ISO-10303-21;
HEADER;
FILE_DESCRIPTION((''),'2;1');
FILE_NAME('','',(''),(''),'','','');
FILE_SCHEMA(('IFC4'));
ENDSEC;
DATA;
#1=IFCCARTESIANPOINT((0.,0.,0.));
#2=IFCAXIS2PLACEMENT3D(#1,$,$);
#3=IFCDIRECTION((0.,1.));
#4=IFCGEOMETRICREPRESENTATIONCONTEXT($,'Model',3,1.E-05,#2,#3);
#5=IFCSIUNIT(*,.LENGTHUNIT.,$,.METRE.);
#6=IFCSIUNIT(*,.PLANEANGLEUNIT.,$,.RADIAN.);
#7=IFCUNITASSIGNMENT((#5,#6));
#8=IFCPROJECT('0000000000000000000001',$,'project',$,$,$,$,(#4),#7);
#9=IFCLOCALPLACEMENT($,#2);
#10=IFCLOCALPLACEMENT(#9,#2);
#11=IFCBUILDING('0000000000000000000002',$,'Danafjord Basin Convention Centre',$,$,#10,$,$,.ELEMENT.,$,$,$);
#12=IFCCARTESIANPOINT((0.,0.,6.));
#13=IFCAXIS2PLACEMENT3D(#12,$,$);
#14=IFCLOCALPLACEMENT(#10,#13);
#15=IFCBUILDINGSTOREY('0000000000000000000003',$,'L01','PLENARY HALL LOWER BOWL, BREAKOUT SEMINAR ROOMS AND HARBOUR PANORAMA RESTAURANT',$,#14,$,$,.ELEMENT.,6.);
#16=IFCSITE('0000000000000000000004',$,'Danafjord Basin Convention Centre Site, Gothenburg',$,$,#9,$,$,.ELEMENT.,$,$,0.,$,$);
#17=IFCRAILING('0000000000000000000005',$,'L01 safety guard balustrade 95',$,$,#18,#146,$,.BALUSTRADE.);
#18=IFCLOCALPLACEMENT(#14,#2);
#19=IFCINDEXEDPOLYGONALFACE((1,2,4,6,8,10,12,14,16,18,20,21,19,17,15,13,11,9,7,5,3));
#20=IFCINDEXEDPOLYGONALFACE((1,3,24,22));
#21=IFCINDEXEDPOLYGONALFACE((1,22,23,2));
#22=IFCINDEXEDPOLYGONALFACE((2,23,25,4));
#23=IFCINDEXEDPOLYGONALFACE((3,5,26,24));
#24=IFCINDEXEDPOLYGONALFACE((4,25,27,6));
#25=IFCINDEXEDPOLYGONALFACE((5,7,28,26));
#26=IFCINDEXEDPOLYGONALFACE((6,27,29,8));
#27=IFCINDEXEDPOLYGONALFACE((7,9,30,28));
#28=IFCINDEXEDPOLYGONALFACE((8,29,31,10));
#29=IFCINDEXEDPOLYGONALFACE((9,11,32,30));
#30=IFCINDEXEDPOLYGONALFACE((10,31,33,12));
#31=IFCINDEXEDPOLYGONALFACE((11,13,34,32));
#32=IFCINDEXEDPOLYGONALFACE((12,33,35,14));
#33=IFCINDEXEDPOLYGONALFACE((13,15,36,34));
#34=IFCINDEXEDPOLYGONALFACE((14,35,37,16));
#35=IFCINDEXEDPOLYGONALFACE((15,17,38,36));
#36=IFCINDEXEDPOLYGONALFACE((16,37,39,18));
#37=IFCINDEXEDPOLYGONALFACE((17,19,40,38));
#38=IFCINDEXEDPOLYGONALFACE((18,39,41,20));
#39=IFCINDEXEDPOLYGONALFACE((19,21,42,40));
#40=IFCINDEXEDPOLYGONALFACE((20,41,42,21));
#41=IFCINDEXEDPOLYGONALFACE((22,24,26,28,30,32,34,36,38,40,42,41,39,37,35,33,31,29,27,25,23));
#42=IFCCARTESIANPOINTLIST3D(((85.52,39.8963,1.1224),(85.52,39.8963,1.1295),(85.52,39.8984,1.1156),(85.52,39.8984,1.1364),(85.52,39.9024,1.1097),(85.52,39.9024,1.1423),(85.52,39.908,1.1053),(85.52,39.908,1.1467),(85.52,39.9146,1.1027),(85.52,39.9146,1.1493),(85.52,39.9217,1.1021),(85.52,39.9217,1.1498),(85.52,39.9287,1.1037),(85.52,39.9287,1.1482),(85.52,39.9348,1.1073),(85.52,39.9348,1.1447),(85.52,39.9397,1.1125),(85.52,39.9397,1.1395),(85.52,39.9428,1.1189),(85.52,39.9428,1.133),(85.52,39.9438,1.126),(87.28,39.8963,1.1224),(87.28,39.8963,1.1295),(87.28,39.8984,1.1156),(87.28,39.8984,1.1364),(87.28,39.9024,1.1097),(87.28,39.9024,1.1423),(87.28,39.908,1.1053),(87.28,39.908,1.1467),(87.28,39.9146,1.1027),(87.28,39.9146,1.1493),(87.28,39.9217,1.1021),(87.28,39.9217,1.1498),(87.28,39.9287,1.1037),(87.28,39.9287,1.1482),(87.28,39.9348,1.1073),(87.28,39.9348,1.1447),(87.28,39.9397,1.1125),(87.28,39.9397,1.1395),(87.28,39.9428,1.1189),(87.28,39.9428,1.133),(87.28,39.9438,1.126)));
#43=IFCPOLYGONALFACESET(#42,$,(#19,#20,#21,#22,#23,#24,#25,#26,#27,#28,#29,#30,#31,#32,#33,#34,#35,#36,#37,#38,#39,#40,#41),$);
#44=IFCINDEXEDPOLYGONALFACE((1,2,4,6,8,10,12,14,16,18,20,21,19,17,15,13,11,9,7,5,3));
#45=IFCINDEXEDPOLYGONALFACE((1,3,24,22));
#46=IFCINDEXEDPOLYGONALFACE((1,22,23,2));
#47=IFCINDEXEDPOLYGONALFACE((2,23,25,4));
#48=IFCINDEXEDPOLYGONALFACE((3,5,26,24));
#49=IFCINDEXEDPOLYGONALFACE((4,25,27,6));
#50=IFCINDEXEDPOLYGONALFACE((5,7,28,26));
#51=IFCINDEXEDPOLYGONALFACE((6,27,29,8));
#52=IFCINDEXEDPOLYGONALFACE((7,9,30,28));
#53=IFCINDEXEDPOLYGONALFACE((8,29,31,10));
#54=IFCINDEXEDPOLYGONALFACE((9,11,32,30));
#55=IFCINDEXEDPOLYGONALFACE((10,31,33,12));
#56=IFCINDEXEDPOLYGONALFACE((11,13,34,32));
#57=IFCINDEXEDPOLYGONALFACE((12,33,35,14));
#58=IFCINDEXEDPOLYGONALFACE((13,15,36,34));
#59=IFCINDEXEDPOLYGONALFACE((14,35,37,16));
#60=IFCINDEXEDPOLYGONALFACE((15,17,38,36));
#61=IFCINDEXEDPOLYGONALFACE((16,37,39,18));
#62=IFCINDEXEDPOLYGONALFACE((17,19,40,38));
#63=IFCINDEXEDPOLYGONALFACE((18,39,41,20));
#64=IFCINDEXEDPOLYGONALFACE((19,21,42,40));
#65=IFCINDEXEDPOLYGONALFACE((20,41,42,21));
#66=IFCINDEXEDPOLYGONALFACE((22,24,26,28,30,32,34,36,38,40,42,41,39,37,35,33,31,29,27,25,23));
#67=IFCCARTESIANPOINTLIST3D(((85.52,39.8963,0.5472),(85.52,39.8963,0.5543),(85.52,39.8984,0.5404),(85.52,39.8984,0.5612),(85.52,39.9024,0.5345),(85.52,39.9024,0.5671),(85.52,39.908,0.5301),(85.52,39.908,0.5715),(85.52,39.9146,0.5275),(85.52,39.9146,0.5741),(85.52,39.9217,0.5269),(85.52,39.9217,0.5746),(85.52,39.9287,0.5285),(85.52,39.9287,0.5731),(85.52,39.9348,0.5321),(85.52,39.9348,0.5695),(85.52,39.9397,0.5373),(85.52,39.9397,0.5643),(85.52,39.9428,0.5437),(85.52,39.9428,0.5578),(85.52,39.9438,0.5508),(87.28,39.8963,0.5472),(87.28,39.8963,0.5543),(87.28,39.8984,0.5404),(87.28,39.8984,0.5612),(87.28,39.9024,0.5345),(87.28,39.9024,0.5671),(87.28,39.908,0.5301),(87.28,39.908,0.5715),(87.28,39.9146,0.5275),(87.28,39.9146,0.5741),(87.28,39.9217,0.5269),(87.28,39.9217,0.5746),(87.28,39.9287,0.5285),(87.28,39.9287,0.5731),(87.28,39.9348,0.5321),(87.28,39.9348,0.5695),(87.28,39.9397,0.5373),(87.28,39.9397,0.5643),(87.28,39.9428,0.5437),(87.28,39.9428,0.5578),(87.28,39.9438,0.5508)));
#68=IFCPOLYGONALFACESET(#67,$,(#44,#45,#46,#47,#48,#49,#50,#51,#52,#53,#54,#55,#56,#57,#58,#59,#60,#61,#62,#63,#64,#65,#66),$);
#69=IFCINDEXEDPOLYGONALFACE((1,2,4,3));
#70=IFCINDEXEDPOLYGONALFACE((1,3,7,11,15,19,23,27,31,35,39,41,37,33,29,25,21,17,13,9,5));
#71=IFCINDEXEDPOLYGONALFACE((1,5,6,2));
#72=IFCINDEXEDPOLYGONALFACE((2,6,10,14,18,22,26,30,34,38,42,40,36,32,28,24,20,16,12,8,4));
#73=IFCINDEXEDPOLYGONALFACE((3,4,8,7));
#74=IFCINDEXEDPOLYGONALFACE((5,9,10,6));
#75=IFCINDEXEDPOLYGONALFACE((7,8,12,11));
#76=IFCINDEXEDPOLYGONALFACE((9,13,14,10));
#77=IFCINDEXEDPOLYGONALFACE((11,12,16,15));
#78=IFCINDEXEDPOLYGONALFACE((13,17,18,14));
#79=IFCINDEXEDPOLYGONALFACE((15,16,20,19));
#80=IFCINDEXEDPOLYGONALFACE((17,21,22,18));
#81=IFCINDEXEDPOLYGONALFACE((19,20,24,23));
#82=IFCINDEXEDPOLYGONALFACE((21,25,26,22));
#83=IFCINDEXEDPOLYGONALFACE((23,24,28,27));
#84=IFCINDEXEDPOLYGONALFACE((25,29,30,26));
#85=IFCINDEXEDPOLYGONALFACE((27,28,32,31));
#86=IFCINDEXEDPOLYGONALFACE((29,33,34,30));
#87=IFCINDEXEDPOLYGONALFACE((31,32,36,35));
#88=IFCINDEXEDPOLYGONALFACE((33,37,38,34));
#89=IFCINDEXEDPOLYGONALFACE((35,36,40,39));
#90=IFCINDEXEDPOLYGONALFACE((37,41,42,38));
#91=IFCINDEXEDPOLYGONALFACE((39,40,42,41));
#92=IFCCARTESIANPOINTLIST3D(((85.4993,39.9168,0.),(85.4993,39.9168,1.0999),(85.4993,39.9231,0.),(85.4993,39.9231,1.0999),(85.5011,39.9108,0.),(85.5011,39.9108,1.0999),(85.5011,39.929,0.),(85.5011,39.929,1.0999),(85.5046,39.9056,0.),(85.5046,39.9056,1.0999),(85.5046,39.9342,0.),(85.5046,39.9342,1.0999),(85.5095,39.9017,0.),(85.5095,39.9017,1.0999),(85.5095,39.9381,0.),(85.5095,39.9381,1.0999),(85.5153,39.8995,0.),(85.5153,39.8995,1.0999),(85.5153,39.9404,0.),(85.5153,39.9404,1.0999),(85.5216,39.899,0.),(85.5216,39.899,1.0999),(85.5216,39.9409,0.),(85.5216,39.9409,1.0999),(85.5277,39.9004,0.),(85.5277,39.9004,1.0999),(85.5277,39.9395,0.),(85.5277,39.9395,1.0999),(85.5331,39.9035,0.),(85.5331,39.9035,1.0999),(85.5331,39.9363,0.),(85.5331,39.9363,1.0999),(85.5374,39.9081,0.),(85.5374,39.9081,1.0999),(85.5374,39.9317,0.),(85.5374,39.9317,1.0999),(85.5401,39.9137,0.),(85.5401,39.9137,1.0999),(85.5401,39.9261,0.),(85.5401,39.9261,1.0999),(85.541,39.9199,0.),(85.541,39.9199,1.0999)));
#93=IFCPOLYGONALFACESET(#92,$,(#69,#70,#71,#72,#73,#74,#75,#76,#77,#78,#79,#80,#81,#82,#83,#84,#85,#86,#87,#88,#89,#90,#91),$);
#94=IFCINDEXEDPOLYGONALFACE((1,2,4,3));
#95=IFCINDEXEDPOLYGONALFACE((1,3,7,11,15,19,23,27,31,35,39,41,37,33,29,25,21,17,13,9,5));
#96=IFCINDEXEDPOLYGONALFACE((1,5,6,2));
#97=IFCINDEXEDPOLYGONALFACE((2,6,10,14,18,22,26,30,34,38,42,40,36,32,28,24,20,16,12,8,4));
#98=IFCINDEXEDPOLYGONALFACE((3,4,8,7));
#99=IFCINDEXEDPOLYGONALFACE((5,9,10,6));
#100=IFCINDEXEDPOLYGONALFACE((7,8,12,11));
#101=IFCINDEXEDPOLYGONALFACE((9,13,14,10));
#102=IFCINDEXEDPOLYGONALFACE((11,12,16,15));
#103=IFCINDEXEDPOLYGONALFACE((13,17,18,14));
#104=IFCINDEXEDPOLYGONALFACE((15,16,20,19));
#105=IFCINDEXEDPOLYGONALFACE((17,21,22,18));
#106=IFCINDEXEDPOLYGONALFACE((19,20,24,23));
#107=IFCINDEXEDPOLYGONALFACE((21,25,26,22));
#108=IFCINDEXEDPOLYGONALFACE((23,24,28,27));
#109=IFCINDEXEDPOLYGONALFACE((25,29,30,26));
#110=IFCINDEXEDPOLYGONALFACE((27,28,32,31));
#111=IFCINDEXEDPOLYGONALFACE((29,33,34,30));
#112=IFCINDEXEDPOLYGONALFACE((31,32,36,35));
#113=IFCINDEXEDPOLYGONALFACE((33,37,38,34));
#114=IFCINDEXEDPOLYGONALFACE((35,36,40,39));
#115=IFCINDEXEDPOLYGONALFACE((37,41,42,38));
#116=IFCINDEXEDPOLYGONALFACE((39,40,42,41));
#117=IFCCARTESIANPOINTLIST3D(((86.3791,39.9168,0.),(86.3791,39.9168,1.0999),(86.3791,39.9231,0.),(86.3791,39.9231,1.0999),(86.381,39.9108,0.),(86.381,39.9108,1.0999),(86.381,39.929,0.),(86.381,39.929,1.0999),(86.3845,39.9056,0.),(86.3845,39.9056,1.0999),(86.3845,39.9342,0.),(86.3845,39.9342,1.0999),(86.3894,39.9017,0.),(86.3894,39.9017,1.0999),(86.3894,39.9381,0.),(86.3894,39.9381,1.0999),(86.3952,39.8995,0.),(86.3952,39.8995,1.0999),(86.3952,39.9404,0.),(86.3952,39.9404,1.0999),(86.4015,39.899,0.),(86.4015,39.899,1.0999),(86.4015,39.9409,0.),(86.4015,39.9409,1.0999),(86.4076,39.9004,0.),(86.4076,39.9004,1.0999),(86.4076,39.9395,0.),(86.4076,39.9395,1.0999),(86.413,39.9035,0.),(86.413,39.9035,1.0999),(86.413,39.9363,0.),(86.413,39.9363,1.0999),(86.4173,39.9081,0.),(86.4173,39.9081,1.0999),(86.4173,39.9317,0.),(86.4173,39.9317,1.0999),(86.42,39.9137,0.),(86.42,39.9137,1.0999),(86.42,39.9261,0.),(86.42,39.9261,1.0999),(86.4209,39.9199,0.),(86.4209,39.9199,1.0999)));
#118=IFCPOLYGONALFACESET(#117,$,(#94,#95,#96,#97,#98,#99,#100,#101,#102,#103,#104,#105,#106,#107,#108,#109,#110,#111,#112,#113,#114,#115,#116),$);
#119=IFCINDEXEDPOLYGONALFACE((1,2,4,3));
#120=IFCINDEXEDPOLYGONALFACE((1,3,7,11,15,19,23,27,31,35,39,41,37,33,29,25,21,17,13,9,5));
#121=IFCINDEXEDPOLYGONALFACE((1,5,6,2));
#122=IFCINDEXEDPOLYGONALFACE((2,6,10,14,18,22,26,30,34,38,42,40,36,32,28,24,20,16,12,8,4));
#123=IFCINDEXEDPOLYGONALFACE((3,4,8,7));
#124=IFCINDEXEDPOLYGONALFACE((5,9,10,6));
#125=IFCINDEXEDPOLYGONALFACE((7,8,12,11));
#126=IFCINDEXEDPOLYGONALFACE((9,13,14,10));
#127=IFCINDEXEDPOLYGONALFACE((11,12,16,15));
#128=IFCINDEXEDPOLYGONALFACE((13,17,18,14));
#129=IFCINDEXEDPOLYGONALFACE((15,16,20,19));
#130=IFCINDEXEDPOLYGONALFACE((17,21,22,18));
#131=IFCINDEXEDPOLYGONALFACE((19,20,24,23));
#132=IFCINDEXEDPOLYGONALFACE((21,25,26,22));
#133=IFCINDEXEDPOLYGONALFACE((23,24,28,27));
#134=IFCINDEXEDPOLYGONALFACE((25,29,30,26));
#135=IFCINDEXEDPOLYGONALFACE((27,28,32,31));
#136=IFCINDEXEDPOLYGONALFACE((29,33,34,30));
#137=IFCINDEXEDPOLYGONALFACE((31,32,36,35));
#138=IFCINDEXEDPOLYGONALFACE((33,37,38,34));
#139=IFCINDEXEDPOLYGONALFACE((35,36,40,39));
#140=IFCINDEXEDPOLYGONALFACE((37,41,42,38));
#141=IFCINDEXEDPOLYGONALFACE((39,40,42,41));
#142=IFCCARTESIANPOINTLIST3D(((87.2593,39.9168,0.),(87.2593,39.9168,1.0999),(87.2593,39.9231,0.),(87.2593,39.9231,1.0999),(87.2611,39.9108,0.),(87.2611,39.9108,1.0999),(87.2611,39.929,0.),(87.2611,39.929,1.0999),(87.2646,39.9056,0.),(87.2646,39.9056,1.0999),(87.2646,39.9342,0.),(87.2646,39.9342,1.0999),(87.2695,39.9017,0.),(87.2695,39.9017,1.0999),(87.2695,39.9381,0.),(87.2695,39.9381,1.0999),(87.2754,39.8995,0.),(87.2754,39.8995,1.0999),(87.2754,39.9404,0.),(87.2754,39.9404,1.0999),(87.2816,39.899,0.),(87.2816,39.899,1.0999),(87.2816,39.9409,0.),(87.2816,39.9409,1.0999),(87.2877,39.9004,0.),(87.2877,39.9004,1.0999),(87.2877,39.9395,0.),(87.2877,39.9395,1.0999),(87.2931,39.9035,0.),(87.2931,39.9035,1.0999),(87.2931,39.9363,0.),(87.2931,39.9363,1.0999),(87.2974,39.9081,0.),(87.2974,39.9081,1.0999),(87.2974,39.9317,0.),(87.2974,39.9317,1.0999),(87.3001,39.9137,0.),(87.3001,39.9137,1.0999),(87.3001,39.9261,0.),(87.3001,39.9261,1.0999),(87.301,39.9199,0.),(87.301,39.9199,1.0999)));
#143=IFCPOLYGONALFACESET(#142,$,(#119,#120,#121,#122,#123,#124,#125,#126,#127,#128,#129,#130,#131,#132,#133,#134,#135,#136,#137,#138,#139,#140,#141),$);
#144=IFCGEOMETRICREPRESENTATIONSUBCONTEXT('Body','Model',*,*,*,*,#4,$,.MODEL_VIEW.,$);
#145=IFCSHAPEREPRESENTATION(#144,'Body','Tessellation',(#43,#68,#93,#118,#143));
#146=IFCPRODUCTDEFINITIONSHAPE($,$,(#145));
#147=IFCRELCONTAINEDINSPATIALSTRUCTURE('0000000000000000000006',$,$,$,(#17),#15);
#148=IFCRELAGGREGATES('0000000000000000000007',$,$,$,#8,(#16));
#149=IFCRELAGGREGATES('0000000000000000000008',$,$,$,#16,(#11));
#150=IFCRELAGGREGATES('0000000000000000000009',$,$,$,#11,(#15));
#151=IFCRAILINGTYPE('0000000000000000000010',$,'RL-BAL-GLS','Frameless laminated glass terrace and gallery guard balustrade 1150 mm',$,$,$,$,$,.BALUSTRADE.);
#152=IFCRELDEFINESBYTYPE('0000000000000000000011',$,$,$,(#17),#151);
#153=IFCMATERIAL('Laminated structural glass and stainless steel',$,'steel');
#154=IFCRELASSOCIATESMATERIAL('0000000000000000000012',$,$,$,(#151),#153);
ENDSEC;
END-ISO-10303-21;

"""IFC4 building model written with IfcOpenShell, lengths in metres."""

from ifc_helpers import new_model, si_unit, direction, frame, origin, origin_2d, place, context, subcontext, project, spatial, circle, extrude, material, type_object, element, save


model = new_model("IFC4")

# Units and contexts
model_context = context("Model", 3, precision=1e-05, world=origin(), true_north=direction((0.0, 1.0)))
body_context = subcontext(model_context, "Body", "Model", "MODEL_VIEW")
ifc_project = project(units=[si_unit("LENGTHUNIT", "METRE"), si_unit("PLANEANGLEUNIT", "RADIAN")], contexts=[model_context])

# Site, building, storey
site_placement = place(None, origin())
site = spatial("IfcSite", under=ifc_project, at=site_placement, Name="Danafjord Basin Convention Centre Site, Gothenburg", CompositionType="ELEMENT", RefElevation=0.0)
building_placement = place(site_placement, origin())
building = spatial("IfcBuilding", under=site, at=building_placement, Name="Danafjord Basin Convention Centre", CompositionType="ELEMENT")
storey_placement = place(building_placement, frame((0.0, 0.0, 6.0)))
storey = spatial("IfcBuildingStorey", under=building, at=storey_placement, Name="L01", Description="PLENARY HALL LOWER BOWL, BREAKOUT SEMINAR ROOMS AND HARBOUR PANORAMA RESTAURANT", CompositionType="ELEMENT", Elevation=6.0)

# Railing
ifc_material_1 = material(Name="Laminated structural glass and stainless steel", Category="steel")
railing_type = type_object("IfcRailingType", Name="RL-BAL-GLS", Description="Frameless laminated glass terrace and gallery guard balustrade 1150 mm", PredefinedType="BALUSTRADE", material=ifc_material_1)
railing_1_placement = place(storey_placement, frame((85.52, 39.9199, 0.0)))
element("IfcRailing", 1, at=railing_1_placement, inside=storey, type_object=railing_type, Name="L01 safety guard balustrade 95", PredefinedType="BALUSTRADE", context=body_context, shape_type="SweptSolid", body=[
    extrude(circle(Radius=0.0239, at=origin_2d()), frame((0.0, 0.0, 1.126), z_axis=(1.0, 0.0, 0.0), x_axis=(0.0, 1.0, 0.0)), (0.0, 0.0, 1.0), 1.76),
    extrude(circle(Radius=0.0239, at=origin_2d()), frame((0.0, 0.0, 0.5508), z_axis=(1.0, 0.0, 0.0), x_axis=(0.0, 1.0, 0.0)), (0.0, 0.0, 1.0), 1.76),
    extrude(circle(Radius=0.021, at=origin_2d()), origin(), (0.0, 0.0, 1.0), 1.0999),
    extrude(circle(Radius=0.021, at=origin_2d()), frame((0.8799, 0.0, 0.0)), (0.0, 0.0, 1.0), 1.0999),
    extrude(circle(Radius=0.021, at=origin_2d()), frame((1.76, 0.0, 0.0)), (0.0, 0.0, 1.0), 1.0999),
])

save(model, "model.ifc")
